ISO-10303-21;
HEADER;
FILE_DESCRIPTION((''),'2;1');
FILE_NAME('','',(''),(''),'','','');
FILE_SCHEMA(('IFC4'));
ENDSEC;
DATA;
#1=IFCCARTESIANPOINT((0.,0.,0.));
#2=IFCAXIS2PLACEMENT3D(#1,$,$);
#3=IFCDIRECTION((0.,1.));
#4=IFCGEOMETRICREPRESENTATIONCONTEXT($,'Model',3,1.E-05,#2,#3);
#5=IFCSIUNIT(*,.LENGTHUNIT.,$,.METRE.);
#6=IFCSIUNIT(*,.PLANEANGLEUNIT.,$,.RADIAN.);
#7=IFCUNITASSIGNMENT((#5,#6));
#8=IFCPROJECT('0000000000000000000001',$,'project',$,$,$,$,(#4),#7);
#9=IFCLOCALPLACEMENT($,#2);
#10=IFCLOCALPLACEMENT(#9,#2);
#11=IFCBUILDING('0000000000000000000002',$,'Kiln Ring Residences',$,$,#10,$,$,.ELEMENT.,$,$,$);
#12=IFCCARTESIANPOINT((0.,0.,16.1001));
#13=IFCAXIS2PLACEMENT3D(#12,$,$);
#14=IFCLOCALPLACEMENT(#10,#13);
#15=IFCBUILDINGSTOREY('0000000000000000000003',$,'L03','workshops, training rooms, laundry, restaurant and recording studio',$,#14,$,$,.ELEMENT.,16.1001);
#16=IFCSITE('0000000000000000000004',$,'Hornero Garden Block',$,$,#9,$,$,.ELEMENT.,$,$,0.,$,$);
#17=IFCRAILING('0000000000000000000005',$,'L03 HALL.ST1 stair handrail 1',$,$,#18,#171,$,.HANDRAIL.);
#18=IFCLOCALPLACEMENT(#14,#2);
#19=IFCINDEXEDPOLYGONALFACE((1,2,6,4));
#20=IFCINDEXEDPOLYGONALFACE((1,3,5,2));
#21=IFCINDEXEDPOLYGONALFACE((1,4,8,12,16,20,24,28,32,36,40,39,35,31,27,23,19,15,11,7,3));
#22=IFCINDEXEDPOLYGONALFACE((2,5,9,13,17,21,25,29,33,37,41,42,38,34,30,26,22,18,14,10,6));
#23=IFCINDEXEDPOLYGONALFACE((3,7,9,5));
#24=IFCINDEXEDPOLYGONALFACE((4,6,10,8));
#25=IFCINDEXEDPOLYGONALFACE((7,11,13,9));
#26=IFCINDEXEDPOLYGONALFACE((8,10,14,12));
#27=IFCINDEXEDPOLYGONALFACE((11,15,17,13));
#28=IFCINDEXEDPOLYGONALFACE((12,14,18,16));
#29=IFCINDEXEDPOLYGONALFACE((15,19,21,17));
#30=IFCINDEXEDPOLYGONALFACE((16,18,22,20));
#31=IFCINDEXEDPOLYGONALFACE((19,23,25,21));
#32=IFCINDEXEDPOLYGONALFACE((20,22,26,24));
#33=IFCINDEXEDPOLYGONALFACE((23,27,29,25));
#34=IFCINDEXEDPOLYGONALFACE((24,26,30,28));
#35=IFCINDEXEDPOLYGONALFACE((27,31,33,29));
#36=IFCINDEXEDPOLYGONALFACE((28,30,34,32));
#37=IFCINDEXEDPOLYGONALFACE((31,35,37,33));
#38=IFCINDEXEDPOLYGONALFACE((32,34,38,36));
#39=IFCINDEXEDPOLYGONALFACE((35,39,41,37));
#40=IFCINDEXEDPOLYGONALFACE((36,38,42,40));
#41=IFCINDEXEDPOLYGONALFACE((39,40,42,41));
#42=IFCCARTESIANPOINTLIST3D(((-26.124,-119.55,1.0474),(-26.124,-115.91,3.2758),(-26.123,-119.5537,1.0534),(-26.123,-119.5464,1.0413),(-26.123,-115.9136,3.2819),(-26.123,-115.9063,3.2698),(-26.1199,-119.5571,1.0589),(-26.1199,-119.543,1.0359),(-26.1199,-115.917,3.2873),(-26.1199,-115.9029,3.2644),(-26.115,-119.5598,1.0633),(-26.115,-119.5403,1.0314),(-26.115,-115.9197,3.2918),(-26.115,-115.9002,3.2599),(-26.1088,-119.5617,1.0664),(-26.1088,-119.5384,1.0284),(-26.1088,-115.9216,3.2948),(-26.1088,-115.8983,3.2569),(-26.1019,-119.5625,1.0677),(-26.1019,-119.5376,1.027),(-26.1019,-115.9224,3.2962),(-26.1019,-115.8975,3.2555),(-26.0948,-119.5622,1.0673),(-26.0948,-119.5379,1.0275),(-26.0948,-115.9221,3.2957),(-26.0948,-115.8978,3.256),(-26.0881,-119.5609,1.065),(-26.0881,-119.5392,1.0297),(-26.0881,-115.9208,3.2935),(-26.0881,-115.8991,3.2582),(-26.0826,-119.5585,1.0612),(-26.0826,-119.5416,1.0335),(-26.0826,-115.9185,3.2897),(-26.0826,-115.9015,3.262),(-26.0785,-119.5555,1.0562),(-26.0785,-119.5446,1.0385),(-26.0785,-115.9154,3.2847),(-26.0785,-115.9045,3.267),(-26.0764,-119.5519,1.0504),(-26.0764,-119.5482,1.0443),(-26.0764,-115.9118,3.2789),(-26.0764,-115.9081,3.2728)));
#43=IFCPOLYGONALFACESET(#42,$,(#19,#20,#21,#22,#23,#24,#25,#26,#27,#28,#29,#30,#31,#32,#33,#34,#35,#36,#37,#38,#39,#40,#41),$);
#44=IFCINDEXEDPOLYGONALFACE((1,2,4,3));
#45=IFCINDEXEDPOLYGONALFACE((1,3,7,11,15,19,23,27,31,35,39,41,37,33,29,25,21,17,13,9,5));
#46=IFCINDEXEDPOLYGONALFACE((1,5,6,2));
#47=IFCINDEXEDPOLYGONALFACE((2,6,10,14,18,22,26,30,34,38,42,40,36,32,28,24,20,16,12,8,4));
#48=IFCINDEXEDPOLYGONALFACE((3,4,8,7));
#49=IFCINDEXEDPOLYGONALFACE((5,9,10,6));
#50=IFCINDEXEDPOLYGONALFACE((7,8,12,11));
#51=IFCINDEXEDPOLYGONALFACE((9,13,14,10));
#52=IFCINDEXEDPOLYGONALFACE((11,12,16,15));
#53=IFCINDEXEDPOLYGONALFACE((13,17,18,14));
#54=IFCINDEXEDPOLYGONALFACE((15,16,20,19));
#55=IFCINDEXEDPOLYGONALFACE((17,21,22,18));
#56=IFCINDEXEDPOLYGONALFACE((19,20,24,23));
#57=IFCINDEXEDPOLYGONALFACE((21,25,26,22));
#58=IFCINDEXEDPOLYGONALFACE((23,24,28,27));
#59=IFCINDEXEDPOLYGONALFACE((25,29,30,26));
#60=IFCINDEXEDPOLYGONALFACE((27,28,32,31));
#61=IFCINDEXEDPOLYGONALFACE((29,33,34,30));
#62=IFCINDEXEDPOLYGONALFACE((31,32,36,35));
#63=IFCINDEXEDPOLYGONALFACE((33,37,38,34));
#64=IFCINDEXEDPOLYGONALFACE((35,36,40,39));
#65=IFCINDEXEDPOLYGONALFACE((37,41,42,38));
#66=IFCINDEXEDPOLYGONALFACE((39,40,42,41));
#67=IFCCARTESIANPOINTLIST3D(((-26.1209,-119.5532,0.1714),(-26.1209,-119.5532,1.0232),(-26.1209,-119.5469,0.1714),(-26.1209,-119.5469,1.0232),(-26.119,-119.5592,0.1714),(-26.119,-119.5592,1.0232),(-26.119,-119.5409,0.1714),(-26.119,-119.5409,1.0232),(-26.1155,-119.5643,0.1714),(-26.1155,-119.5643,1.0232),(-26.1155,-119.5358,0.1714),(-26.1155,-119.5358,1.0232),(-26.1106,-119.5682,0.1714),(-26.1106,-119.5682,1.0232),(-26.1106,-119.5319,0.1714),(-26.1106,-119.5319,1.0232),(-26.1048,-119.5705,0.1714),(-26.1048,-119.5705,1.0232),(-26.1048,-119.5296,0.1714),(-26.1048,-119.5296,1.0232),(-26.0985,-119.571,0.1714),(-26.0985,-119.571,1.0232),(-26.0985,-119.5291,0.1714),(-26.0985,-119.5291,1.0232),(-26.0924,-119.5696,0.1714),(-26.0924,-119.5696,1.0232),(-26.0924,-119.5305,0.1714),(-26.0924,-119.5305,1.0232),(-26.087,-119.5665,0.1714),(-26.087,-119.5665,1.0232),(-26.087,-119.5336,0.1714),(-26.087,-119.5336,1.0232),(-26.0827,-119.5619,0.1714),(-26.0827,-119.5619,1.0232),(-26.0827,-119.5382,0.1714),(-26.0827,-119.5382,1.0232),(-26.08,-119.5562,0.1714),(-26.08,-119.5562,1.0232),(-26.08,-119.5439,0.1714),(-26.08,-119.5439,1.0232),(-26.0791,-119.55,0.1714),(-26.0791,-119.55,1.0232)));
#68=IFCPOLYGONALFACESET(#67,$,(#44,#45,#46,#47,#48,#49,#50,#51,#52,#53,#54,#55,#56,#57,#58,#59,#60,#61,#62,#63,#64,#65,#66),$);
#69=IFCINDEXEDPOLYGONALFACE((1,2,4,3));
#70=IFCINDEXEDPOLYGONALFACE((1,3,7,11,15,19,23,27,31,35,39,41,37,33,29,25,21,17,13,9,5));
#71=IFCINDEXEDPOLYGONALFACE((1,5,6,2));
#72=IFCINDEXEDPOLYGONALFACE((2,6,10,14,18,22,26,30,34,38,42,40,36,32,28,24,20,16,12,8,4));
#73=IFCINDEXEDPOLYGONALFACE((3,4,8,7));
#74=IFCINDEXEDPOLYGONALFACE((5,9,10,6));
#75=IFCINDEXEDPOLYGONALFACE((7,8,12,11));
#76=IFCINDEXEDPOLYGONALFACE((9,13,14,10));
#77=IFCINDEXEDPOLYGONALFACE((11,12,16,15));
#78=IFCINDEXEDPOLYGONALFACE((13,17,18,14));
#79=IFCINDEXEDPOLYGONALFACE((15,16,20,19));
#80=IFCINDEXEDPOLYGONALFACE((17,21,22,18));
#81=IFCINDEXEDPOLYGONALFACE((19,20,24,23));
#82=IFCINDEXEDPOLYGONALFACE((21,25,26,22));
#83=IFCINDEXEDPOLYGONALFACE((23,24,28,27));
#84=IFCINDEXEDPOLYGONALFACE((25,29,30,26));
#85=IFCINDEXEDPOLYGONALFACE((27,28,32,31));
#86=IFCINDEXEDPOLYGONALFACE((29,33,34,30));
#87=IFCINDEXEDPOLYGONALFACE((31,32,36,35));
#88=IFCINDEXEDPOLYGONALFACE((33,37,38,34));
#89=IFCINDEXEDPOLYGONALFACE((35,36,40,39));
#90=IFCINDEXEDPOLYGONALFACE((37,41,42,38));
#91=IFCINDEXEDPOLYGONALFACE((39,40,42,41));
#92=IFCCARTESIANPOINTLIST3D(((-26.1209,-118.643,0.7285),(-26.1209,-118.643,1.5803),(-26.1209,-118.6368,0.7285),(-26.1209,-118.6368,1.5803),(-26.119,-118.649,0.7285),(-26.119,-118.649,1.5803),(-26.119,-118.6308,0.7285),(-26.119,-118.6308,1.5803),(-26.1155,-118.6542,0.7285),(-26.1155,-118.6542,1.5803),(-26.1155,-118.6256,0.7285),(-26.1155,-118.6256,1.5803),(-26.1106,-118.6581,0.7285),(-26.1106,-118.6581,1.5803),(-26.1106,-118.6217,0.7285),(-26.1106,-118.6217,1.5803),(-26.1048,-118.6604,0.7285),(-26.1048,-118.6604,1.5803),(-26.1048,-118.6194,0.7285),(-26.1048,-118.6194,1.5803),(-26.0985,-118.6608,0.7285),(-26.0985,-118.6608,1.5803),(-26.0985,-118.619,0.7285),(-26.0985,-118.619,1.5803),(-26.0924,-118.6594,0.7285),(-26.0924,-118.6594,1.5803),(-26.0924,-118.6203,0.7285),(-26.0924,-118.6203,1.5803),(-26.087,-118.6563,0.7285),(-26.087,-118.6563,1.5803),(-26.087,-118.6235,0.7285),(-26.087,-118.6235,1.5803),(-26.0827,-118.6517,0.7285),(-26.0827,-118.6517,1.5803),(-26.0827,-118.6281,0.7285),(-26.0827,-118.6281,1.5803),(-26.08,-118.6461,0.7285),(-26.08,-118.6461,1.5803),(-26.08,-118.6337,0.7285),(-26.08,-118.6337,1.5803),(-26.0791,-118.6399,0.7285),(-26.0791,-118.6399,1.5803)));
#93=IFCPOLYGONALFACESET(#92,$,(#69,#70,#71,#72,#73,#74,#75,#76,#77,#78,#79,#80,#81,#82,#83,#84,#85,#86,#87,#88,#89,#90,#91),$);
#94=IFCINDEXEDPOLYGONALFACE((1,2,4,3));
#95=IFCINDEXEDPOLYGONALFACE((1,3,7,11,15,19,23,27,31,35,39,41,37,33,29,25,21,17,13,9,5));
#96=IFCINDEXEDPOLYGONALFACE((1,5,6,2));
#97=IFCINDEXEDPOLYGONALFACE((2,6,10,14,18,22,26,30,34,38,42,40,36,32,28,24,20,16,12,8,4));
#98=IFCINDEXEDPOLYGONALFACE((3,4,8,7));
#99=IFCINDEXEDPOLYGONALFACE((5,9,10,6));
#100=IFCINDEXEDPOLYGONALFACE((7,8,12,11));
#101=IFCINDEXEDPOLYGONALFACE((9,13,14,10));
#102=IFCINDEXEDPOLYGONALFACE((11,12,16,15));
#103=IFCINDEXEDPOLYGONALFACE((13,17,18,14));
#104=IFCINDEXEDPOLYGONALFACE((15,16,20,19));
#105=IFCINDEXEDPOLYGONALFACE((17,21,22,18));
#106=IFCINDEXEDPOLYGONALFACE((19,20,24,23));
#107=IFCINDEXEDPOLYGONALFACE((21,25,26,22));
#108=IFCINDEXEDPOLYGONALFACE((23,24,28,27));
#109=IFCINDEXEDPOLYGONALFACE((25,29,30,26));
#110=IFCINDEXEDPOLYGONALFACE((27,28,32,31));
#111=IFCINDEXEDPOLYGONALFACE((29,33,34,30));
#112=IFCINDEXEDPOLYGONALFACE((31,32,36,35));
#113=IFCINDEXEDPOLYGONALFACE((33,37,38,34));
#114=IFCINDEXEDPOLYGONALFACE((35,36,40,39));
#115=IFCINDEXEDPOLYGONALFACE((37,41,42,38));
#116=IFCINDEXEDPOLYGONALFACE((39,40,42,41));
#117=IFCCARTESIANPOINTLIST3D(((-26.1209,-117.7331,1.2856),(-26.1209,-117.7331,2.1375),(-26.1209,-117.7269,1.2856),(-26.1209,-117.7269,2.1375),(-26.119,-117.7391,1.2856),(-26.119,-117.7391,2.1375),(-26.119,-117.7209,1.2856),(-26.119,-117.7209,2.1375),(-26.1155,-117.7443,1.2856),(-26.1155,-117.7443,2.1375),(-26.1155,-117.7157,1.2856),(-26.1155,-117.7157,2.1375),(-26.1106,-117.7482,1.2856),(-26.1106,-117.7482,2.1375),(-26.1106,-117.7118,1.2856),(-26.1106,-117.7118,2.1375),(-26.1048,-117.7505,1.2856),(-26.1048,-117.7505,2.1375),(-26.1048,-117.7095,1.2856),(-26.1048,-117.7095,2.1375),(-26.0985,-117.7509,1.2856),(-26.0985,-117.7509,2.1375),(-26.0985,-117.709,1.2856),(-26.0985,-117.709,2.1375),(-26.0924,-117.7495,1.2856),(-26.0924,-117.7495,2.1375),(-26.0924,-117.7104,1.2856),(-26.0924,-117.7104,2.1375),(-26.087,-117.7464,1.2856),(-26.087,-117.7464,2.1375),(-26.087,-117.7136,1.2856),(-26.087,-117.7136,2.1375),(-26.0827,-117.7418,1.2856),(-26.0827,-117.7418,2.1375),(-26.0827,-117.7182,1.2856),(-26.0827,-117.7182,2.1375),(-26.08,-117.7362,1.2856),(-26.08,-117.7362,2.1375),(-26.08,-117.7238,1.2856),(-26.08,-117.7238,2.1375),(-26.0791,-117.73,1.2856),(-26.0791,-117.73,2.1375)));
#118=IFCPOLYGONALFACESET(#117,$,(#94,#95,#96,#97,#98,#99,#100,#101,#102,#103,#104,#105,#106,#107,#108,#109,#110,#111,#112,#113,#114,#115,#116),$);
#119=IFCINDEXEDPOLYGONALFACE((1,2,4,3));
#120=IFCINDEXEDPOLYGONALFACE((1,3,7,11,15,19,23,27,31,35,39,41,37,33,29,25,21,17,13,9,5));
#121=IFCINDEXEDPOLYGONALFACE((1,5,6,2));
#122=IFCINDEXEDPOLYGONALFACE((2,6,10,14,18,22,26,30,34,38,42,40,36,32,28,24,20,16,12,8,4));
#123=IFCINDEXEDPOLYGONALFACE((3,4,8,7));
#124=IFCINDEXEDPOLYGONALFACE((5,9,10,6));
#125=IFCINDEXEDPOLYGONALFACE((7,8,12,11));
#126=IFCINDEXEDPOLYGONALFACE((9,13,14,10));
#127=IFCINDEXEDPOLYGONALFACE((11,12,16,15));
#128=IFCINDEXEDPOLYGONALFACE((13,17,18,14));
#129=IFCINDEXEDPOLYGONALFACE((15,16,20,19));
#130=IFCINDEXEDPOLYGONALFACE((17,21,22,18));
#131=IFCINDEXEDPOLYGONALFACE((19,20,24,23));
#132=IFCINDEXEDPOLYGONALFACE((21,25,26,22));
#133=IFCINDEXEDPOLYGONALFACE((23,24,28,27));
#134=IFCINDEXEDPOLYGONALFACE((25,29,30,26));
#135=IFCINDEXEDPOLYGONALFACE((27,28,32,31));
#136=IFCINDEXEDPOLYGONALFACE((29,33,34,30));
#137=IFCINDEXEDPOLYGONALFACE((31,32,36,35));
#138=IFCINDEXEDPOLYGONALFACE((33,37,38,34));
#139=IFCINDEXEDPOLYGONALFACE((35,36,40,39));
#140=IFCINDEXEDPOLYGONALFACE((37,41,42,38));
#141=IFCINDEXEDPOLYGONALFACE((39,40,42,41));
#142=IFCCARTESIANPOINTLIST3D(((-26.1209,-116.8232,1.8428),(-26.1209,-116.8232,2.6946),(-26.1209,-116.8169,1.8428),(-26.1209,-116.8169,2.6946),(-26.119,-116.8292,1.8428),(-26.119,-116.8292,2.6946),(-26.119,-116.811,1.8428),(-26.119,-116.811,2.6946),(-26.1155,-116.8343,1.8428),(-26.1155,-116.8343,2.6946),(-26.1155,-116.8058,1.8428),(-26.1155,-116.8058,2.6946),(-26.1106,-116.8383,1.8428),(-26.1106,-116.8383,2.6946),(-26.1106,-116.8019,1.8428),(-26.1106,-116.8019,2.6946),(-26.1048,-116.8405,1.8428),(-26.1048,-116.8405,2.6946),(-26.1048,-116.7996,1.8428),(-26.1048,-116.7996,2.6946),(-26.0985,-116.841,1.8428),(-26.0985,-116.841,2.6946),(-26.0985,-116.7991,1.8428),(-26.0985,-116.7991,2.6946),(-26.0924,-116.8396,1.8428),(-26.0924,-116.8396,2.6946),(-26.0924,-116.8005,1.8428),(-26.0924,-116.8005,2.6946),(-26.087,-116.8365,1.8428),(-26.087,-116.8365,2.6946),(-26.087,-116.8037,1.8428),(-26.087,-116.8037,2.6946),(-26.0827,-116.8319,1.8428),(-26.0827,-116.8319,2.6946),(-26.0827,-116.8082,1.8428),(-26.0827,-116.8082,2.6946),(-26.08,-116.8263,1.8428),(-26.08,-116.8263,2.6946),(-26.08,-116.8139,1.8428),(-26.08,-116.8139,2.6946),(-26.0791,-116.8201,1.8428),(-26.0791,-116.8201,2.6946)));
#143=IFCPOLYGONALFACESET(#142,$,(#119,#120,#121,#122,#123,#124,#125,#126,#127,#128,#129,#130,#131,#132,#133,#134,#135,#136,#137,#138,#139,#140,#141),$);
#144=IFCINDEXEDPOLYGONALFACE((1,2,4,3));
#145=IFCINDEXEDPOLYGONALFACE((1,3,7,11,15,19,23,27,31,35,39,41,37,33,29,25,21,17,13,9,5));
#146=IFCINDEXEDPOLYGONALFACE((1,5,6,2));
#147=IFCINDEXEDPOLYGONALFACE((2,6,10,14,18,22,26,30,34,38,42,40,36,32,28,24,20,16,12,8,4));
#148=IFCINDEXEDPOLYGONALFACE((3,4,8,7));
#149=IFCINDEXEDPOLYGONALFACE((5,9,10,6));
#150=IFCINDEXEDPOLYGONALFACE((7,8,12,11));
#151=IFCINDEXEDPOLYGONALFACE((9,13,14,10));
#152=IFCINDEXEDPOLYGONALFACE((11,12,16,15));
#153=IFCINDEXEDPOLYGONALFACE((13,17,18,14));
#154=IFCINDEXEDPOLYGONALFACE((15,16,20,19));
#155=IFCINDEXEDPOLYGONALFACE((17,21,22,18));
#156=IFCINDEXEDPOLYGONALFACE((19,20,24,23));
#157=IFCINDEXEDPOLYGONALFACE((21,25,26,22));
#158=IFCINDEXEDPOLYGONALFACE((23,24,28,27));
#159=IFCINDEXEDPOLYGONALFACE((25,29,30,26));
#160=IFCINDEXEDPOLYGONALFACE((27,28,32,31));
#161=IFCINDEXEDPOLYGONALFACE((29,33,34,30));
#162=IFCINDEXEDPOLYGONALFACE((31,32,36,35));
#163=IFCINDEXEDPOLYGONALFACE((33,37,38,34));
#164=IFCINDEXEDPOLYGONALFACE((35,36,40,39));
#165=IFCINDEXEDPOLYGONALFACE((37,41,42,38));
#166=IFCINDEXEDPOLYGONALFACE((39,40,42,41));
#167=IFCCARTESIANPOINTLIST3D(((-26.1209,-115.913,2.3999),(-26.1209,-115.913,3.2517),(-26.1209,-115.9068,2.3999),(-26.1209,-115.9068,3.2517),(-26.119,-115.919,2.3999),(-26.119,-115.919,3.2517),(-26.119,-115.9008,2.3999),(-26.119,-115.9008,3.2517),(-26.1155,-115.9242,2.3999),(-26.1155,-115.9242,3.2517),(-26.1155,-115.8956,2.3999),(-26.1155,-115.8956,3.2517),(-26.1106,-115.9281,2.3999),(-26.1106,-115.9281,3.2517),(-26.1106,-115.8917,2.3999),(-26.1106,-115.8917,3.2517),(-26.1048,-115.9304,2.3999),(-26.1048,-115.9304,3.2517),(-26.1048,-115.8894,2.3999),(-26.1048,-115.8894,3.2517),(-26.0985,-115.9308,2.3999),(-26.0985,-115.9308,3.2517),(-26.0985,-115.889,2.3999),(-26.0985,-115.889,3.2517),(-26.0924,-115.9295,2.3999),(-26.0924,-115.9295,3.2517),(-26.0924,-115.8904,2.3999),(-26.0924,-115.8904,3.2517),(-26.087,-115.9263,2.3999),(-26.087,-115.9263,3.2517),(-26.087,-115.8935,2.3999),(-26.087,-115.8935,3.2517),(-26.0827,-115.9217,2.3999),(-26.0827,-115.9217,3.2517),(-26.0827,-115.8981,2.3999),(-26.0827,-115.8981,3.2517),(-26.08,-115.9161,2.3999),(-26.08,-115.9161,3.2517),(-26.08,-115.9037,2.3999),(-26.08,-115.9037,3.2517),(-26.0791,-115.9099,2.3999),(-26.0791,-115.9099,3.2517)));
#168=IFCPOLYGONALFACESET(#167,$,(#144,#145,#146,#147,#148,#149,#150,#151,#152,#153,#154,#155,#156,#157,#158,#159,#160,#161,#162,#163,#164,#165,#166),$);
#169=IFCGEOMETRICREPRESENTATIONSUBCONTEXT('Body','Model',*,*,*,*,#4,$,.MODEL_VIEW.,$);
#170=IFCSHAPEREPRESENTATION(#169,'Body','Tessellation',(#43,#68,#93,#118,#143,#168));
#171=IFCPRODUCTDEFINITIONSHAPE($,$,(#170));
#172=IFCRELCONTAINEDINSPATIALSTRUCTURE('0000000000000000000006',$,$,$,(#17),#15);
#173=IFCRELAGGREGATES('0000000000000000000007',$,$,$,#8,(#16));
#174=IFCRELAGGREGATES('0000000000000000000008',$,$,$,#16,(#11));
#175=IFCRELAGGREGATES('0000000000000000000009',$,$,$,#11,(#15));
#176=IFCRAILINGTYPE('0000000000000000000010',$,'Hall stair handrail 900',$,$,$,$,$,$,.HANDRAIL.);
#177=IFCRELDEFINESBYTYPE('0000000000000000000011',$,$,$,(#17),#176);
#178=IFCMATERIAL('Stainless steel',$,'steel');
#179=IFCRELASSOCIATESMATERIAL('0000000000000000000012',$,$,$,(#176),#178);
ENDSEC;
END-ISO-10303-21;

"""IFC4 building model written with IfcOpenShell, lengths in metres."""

from ifc_helpers import new_model, si_unit, direction, frame, origin, origin_2d, place, context, subcontext, project, spatial, circle, extrude, material, type_object, element, save


model = new_model("IFC4")

# Units and contexts
model_context = context("Model", 3, precision=1e-05, world=origin(), true_north=direction((0.0, 1.0)))
body_context = subcontext(model_context, "Body", "Model", "MODEL_VIEW")
ifc_project = project(units=[si_unit("LENGTHUNIT", "METRE"), si_unit("PLANEANGLEUNIT", "RADIAN")], contexts=[model_context])

# Site, building, storey
site_placement = place(None, origin())
site = spatial("IfcSite", under=ifc_project, at=site_placement, Name="Hornero Garden Block", CompositionType="ELEMENT", RefElevation=0.0)
building_placement = place(site_placement, origin())
building = spatial("IfcBuilding", under=site, at=building_placement, Name="Kiln Ring Residences", CompositionType="ELEMENT")
storey_placement = place(building_placement, frame((0.0, 0.0, 16.1001)))
storey = spatial("IfcBuildingStorey", under=building, at=storey_placement, Name="L03", Description="workshops, training rooms, laundry, restaurant and recording studio", CompositionType="ELEMENT", Elevation=16.1001)

# Railing
ifc_material_1 = material(Name="Stainless steel", Category="steel")
railing_type_1 = type_object("IfcRailingType", Name="Hall stair handrail 900", PredefinedType="HANDRAIL", material=ifc_material_1)
railing_1_placement = place(storey_placement, frame((-26.1001, -119.55, 0.1714)))
element("IfcRailing", 1, at=railing_1_placement, inside=storey, type_object=railing_type_1, Name="L03 HALL.ST1 stair handrail 1", PredefinedType="HANDRAIL", context=body_context, shape_type="SweptSolid", body=[
    extrude(circle(Radius=0.0239, at=origin_2d()), frame((0.0, 0.0, 0.876), z_axis=(0.0, 0.852866, 0.52213), x_axis=(-1.0, 0.0, 0.0)), (0.0, 0.0, 1.0), 4.2681),
    extrude(circle(Radius=0.021, at=origin_2d()), origin(), (0.0, 0.0, 1.0), 0.8518),
    extrude(circle(Radius=0.021, at=origin_2d()), frame((0.0, 0.9102, 0.5571)), (0.0, 0.0, 1.0), 0.8518),
    extrude(circle(Radius=0.021, at=origin_2d()), frame((0.0, 1.8201, 1.1143)), (0.0, 0.0, 1.0), 0.8518),
    extrude(circle(Radius=0.021, at=origin_2d()), frame((0.0, 2.73, 1.6714)), (0.0, 0.0, 1.0), 0.8518),
    extrude(circle(Radius=0.021, at=origin_2d()), frame((0.0, 3.6401, 2.2285)), (0.0, 0.0, 1.0), 0.8518),
])

save(model, "model.ifc")
